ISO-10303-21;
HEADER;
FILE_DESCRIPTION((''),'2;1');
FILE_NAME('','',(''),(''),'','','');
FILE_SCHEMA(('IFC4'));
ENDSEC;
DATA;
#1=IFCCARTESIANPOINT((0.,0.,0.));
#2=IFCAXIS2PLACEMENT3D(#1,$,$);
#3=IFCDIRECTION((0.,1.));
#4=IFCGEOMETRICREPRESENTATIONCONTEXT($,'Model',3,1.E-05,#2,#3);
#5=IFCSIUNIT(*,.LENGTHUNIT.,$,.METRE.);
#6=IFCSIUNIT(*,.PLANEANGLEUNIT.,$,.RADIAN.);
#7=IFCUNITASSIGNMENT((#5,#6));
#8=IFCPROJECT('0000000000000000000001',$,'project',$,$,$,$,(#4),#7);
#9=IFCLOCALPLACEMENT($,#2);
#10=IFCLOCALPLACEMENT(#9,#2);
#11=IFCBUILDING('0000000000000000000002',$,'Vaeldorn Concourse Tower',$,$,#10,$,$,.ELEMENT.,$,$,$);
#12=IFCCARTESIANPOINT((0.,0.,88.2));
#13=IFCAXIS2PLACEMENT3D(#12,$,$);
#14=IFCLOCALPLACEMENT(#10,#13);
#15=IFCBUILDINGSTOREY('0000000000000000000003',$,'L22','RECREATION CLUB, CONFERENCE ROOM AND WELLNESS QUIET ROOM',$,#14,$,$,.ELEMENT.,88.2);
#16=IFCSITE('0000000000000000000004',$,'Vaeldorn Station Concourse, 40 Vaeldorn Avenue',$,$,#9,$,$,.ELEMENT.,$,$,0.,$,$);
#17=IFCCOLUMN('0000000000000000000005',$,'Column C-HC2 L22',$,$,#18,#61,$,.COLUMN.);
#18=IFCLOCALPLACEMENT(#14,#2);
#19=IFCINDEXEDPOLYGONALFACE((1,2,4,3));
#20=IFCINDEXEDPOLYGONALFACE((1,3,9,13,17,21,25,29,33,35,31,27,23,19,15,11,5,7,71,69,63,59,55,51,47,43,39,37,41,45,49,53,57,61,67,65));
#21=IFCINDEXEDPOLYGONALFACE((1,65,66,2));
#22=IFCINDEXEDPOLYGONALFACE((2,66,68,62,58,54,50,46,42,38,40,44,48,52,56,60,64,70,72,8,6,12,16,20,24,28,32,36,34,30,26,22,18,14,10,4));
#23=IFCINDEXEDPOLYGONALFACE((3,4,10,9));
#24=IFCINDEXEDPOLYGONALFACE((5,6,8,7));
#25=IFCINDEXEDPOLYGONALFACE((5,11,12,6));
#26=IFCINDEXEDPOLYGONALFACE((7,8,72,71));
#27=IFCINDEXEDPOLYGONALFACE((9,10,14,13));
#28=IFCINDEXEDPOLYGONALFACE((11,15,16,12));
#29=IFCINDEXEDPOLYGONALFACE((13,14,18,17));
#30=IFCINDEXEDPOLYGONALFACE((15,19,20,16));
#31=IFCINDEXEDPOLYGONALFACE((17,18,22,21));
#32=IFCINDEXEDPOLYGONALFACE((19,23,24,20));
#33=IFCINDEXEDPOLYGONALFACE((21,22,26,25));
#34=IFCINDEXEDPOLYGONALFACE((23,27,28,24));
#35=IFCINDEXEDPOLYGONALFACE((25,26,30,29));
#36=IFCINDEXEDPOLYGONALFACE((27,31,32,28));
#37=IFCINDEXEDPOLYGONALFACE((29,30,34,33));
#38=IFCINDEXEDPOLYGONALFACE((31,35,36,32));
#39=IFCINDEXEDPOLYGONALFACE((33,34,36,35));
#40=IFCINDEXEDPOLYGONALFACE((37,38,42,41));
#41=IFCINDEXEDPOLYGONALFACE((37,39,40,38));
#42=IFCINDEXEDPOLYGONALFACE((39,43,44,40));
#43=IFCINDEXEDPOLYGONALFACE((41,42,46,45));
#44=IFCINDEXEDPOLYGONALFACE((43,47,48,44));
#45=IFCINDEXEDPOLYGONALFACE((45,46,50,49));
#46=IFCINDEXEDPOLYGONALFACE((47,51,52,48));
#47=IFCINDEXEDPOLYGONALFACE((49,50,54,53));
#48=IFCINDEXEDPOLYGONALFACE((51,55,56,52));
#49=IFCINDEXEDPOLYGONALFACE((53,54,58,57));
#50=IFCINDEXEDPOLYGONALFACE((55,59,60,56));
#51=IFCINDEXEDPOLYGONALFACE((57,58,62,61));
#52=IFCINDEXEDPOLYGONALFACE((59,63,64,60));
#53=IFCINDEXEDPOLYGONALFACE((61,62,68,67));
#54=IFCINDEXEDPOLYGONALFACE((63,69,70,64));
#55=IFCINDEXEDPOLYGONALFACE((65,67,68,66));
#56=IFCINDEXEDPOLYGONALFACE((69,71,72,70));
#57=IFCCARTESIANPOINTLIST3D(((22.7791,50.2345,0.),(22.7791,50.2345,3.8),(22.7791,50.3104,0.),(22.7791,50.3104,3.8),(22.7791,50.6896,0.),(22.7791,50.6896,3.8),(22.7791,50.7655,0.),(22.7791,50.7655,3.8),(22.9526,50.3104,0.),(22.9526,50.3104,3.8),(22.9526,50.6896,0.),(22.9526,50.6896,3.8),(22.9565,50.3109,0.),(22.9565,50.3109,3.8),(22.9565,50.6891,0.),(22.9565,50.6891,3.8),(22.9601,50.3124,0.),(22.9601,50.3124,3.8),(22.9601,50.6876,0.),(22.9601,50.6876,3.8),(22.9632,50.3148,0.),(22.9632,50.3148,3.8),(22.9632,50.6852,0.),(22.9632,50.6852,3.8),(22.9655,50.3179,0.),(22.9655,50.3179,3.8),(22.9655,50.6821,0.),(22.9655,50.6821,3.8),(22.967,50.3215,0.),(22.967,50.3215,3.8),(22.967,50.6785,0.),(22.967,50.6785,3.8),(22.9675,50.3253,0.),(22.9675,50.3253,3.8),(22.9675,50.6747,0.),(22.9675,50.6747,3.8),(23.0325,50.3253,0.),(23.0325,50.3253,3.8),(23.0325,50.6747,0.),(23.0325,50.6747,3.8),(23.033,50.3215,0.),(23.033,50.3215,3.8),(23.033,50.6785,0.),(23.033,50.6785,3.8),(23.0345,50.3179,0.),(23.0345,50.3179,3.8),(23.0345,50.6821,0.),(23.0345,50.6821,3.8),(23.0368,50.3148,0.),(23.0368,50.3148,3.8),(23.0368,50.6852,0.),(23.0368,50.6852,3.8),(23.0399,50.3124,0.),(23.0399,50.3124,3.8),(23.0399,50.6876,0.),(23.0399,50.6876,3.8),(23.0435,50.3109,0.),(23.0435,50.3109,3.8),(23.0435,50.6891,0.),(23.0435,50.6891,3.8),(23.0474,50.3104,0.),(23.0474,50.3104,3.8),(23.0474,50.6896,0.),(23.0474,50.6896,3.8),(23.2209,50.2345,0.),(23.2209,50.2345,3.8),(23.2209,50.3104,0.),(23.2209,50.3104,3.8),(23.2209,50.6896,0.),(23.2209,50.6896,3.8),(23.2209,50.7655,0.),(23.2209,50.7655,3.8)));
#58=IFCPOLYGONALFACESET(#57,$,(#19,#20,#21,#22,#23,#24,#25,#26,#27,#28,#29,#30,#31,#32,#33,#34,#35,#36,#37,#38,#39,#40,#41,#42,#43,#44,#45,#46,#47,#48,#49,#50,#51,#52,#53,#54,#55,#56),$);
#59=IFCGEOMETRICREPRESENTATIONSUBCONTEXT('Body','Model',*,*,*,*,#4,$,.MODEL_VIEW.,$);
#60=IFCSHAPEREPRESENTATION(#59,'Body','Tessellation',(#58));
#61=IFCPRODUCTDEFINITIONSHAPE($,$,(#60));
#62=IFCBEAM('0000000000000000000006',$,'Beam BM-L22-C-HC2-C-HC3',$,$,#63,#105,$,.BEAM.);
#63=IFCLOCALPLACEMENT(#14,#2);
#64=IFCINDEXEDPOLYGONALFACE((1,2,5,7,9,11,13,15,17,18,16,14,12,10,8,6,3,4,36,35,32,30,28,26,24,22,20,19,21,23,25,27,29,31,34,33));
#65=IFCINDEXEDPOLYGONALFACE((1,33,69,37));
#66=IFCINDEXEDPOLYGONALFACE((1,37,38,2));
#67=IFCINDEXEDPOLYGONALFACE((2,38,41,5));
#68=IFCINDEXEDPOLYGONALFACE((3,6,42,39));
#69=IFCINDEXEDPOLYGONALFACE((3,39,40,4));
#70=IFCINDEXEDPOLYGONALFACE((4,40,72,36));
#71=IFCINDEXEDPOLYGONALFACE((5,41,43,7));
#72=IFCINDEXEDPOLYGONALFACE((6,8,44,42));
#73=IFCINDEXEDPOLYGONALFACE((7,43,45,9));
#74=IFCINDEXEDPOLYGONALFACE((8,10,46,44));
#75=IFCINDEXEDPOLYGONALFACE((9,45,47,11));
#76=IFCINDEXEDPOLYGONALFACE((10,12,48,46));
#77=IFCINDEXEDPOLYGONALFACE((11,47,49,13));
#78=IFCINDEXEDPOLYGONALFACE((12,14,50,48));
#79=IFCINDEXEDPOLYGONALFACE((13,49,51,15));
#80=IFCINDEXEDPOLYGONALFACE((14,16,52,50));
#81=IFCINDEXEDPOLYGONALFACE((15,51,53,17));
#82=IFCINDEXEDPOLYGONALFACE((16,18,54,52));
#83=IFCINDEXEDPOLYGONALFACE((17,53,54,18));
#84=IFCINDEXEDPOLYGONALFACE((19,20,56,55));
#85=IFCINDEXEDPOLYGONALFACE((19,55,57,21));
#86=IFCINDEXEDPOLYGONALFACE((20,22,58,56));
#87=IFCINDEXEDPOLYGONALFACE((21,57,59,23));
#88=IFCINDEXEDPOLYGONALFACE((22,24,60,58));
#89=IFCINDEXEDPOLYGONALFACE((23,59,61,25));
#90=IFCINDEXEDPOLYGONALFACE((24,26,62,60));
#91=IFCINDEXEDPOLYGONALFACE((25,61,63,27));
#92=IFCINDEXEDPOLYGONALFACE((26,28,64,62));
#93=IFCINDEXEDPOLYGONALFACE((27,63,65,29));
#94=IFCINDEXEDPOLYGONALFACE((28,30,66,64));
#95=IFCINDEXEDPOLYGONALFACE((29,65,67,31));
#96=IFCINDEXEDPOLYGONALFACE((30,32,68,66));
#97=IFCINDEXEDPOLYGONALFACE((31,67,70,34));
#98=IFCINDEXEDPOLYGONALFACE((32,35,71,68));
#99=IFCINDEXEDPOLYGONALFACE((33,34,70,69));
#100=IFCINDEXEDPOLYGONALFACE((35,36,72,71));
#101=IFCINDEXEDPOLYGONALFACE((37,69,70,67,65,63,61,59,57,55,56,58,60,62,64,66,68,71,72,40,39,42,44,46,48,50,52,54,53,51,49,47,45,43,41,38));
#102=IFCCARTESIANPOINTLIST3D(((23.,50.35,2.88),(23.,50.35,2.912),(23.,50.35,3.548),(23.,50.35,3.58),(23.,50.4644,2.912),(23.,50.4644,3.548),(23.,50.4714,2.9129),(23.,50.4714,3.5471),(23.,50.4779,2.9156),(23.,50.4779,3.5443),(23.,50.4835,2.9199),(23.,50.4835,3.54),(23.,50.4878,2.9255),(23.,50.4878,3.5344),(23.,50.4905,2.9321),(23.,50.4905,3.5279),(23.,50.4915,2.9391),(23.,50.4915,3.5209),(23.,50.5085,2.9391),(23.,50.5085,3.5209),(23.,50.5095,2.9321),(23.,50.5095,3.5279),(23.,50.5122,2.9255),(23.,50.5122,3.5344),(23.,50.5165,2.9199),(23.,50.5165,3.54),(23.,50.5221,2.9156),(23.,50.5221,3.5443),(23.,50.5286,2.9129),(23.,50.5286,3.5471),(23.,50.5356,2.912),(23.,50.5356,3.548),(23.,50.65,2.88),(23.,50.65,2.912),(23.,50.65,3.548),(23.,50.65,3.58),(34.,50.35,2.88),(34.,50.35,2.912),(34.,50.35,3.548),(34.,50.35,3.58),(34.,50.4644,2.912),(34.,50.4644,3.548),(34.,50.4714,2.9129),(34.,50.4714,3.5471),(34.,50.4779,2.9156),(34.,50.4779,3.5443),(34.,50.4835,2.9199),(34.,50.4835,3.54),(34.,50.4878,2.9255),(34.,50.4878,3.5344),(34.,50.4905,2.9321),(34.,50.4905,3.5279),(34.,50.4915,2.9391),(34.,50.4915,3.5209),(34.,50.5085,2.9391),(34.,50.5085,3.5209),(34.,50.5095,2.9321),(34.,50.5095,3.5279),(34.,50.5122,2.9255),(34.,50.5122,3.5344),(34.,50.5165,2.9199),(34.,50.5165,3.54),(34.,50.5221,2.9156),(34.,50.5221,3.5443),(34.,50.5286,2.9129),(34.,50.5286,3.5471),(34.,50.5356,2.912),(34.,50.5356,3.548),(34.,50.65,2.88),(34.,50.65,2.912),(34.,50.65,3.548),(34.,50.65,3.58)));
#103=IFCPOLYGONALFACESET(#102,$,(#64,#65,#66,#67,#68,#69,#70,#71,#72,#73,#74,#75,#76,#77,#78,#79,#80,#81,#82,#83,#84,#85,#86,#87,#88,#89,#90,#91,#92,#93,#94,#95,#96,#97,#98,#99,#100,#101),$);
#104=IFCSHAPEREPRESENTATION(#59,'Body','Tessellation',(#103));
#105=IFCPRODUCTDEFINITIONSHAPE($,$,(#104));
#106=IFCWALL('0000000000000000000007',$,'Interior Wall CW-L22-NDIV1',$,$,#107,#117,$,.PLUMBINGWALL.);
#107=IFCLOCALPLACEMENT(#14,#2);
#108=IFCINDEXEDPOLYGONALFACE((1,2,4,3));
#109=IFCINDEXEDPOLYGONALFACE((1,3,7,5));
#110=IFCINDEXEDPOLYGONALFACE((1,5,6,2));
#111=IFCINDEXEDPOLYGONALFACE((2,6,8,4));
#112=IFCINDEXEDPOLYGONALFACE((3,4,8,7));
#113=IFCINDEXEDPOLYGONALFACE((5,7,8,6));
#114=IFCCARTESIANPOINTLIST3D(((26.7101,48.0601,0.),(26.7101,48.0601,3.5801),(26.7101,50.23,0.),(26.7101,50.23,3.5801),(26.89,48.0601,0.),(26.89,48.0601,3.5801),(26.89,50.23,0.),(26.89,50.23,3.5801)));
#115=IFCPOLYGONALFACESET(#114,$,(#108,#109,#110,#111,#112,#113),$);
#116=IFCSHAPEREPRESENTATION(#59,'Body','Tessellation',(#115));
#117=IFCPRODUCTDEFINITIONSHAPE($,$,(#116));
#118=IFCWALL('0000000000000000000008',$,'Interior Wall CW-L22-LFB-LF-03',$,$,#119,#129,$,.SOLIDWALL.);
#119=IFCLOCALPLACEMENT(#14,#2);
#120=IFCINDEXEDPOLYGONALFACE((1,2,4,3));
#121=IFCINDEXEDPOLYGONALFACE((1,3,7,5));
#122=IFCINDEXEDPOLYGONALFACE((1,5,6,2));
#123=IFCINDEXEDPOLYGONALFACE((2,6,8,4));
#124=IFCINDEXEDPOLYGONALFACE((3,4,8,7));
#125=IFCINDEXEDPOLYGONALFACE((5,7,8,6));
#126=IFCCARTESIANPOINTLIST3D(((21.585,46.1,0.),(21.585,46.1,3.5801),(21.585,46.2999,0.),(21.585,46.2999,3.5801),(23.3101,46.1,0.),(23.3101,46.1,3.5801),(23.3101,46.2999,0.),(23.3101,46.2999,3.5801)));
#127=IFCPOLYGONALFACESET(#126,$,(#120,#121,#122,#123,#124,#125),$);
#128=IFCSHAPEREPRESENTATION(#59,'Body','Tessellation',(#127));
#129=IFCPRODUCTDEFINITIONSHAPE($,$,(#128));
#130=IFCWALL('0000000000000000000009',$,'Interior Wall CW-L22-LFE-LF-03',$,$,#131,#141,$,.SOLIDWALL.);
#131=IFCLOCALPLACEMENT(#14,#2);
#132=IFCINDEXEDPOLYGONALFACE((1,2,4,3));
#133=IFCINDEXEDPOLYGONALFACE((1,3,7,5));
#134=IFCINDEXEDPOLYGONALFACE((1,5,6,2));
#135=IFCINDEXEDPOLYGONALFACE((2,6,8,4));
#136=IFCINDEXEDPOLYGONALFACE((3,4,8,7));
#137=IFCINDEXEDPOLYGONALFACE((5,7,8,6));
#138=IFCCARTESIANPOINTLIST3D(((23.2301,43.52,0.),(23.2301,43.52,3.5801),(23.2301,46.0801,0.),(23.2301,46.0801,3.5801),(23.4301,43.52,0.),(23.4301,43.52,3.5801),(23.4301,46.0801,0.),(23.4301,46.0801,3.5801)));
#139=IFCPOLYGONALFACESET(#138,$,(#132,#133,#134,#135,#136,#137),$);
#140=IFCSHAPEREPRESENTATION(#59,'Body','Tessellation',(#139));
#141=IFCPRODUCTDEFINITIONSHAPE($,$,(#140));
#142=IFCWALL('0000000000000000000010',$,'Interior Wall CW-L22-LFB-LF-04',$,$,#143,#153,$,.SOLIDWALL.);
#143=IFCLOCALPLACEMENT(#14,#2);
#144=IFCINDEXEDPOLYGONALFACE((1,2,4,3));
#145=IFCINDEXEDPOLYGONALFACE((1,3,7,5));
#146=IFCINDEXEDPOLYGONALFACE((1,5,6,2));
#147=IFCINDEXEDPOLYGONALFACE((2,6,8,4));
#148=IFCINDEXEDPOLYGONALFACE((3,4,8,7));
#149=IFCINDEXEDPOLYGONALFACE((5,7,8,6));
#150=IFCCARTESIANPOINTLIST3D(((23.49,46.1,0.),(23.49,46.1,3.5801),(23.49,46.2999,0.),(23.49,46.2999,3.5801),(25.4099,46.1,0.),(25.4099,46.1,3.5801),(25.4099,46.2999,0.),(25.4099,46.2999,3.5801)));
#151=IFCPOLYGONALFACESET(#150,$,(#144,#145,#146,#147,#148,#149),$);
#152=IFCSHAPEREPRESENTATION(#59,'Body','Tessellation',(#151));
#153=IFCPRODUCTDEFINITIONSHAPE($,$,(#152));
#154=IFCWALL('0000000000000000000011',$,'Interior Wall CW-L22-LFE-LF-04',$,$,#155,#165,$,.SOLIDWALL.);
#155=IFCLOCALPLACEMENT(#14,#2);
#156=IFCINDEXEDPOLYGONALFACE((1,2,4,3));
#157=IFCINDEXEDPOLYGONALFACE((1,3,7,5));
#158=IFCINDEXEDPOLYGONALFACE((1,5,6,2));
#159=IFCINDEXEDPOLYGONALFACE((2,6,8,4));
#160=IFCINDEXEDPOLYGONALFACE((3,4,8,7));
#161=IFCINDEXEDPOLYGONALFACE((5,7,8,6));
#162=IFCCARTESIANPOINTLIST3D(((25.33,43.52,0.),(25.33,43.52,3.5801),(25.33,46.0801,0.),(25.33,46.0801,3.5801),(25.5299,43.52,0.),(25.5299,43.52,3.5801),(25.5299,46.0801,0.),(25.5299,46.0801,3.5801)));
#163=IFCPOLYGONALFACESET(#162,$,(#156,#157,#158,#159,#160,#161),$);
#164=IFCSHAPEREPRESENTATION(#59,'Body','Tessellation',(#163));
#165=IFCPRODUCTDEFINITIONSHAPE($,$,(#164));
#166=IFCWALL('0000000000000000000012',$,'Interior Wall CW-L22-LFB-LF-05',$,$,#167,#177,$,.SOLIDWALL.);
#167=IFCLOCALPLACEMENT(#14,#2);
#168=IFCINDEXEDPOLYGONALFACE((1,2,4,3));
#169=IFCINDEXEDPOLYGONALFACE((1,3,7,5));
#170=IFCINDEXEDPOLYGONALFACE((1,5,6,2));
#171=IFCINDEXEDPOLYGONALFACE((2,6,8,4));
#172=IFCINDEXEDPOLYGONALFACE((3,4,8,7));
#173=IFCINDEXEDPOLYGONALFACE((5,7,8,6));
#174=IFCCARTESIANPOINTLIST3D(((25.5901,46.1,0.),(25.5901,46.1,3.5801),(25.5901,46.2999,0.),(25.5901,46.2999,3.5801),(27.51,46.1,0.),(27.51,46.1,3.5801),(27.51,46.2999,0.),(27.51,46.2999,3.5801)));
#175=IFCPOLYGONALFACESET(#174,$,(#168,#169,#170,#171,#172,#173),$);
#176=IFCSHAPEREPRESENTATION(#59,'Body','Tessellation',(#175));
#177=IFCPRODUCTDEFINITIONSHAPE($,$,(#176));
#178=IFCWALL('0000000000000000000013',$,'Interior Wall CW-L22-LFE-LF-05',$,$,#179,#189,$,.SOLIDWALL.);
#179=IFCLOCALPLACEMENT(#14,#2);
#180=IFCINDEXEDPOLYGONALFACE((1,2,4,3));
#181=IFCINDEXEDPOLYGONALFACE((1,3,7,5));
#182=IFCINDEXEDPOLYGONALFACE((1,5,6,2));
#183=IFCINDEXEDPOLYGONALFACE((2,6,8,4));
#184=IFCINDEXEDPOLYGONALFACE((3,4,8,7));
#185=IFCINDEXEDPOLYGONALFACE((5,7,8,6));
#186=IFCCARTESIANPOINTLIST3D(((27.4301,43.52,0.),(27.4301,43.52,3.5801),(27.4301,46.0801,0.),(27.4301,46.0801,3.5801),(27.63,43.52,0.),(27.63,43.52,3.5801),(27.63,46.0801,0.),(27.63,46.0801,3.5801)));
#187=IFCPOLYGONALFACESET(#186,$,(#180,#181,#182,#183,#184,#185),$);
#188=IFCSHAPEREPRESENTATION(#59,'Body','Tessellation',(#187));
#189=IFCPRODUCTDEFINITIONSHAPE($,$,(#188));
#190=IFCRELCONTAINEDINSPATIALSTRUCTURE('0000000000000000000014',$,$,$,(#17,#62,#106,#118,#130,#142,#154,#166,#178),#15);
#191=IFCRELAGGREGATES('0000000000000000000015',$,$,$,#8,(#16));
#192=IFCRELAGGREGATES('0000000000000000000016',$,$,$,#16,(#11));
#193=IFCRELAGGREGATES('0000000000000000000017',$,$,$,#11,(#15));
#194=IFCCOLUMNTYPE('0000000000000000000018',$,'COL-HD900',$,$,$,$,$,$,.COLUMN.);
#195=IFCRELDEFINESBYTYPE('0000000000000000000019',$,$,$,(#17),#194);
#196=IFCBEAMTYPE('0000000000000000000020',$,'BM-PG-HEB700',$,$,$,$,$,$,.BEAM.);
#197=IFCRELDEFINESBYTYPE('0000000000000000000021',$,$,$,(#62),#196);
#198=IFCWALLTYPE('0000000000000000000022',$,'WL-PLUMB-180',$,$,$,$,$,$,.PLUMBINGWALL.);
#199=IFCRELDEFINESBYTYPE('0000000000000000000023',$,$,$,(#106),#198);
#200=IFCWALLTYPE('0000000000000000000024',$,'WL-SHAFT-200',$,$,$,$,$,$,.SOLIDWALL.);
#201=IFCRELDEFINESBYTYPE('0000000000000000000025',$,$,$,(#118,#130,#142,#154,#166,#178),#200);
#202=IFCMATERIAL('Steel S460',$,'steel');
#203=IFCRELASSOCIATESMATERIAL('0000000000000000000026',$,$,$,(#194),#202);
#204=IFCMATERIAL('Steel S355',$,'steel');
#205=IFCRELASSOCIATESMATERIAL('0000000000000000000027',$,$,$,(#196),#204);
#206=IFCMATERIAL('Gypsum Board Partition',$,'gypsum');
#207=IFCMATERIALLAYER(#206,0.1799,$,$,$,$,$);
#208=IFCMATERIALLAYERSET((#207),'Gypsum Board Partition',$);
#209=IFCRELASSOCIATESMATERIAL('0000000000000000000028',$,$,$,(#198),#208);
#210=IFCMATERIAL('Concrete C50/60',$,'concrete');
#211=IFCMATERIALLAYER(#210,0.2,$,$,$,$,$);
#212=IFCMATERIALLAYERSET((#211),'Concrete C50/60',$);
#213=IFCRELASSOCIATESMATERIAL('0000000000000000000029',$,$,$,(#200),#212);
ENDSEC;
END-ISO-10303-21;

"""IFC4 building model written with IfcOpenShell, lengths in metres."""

from ifc_helpers import new_model, si_unit, direction, frame, frame_2d, origin, origin_2d, place, context, subcontext, project, spatial, rectangle, i_section, extrude, source, transform, mapped, material, layer, layer_set, material_profile, profile_set, type_object, element, save


model = new_model("IFC4")

# Units and contexts
model_context = context("Model", 3, precision=1e-05, world=origin(), true_north=direction((0.0, 1.0)))
body_context = subcontext(model_context, "Body", "Model", "MODEL_VIEW")
ifc_project = project(units=[si_unit("LENGTHUNIT", "METRE"), si_unit("PLANEANGLEUNIT", "RADIAN")], contexts=[model_context])

# Site, building, storey
site_placement = place(None, origin())
site = spatial("IfcSite", under=ifc_project, at=site_placement, Name="Vaeldorn Station Concourse, 40 Vaeldorn Avenue", CompositionType="ELEMENT", RefElevation=0.0)
building_placement = place(site_placement, origin())
building = spatial("IfcBuilding", under=site, at=building_placement, Name="Vaeldorn Concourse Tower", CompositionType="ELEMENT")
storey_placement = place(building_placement, frame((0.0, 0.0, 88.2)))
storey = spatial("IfcBuildingStorey", under=building, at=storey_placement, Name="L22", Description="RECREATION CLUB, CONFERENCE ROOM AND WELLNESS QUIET ROOM", CompositionType="ELEMENT", Elevation=88.2)

# Column
ifc_material_1 = material(Name="Steel S460", Category="steel")
ifc_material_profile_1 = material_profile(ifc_material_1, i_section(OverallWidth=0.4419, OverallDepth=0.531, WebThickness=0.0649, FlangeThickness=0.0759, FilletRadius=0.0149, at=origin_2d()), Name="HD 400x900")
ifc_profile_set_1 = profile_set([ifc_material_profile_1], Name="Steel S460")
column_type = type_object("IfcColumnType", Name="COL-HD900", PredefinedType="COLUMN", material=ifc_profile_set_1)
shared_shape_1 = source(origin(), body_context, "Body", "SweptSolid", [
    extrude(i_section(OverallWidth=0.4419, OverallDepth=0.531, WebThickness=0.0649, FlangeThickness=0.0759, FilletRadius=0.0149, at=origin_2d()), origin(), (0.0, 0.0, 1.0), 3.8),
])
column_placement = place(storey_placement, frame((23.0, 50.5, 0.0), z_axis=(0.0, 0.0, 1.0), x_axis=(1.0, 0.0, 0.0)))
element("IfcColumn", 1, at=column_placement, inside=storey, type_object=column_type, Name="Column C-HC2 L22", PredefinedType="COLUMN", context=body_context, shape_type="MappedRepresentation", body=[
    mapped(shared_shape_1, transform((0.0, 0.0, 0.0), scale=1.0)),
])

# Beam
ifc_material_2 = material(Name="Steel S355", Category="steel")
ifc_material_profile_2 = material_profile(ifc_material_2, i_section(OverallWidth=0.3, OverallDepth=0.7, WebThickness=0.0171, FlangeThickness=0.032, FilletRadius=0.0271, at=origin_2d()), Name="HEB 700")
ifc_profile_set_2 = profile_set([ifc_material_profile_2], Name="Steel S355")
beam_type = type_object("IfcBeamType", Name="BM-PG-HEB700", PredefinedType="BEAM", material=ifc_profile_set_2)
shared_shape_2 = source(origin(), body_context, "Body", "SweptSolid", [
    extrude(i_section(OverallWidth=0.3, OverallDepth=0.7, WebThickness=0.0171, FlangeThickness=0.032, FilletRadius=0.0271, at=origin_2d()), origin(), (0.0, 0.0, 1.0), 11.0),
])
beam_placement = place(storey_placement, frame((23.0, 50.5, 3.23), z_axis=(1.0, 0.0, 0.0), x_axis=(0.0, 1.0, 0.0)))
element("IfcBeam", 2, at=beam_placement, inside=storey, type_object=beam_type, Name="Beam BM-L22-C-HC2-C-HC3", PredefinedType="BEAM", context=body_context, shape_type="MappedRepresentation", body=[
    mapped(shared_shape_2, transform((0.0, 0.0, 0.0), scale=1.0)),
])

# Walls
ifc_material_3 = material(Name="Gypsum Board Partition", Category="gypsum")
ifc_layer_1 = layer(ifc_material_3, 0.1799)
ifc_layer_set_1 = layer_set([ifc_layer_1], Name="Gypsum Board Partition")
wall_type_1 = type_object("IfcWallType", Name="WL-PLUMB-180", PredefinedType="PLUMBINGWALL", material=ifc_layer_set_1)
wall_1_placement = place(storey_placement, frame((26.8, 48.0601, 0.0), z_axis=(0.0, 0.0, 1.0), x_axis=(0.0, 1.0, 0.0)))
element("IfcWall", 3, at=wall_1_placement, inside=storey, type_object=wall_type_1, Name="Interior Wall CW-L22-NDIV1", PredefinedType="PLUMBINGWALL", context=body_context, shape_type="SweptSolid", body=[
    extrude(rectangle(XDim=2.1699, YDim=0.1799, at=frame_2d((1.085, 0.0))), origin(), (0.0, 0.0, 1.0), 3.5801),
])
ifc_material_4 = material(Name="Concrete C50/60", Category="concrete")
ifc_layer_2 = layer(ifc_material_4, 0.2)
ifc_layer_set_2 = layer_set([ifc_layer_2], Name="Concrete C50/60")
wall_type_2 = type_object("IfcWallType", Name="WL-SHAFT-200", PredefinedType="SOLIDWALL", material=ifc_layer_set_2)
wall_2_placement = place(storey_placement, frame((21.585, 46.2, 0.0), z_axis=(0.0, 0.0, 1.0), x_axis=(1.0, 0.0, 0.0)))
element("IfcWall", 4, at=wall_2_placement, inside=storey, type_object=wall_type_2, Name="Interior Wall CW-L22-LFB-LF-03", PredefinedType="SOLIDWALL", context=body_context, shape_type="SweptSolid", body=[
    extrude(rectangle(XDim=1.7251, YDim=0.2, at=frame_2d((0.8625, 0.0))), origin(), (0.0, 0.0, 1.0), 3.5801),
])
wall_3_placement = place(storey_placement, frame((23.3301, 43.52, 0.0), z_axis=(0.0, 0.0, 1.0), x_axis=(0.0, 1.0, 0.0)))
element("IfcWall", 5, at=wall_3_placement, inside=storey, type_object=wall_type_2, Name="Interior Wall CW-L22-LFE-LF-03", PredefinedType="SOLIDWALL", context=body_context, shape_type="SweptSolid", body=[
    extrude(rectangle(XDim=2.5601, YDim=0.2, at=frame_2d((1.28, 0.0))), origin(), (0.0, 0.0, 1.0), 3.5801),
])

# Walls
wall_4_placement = place(storey_placement, frame((23.49, 46.2, 0.0), z_axis=(0.0, 0.0, 1.0), x_axis=(1.0, 0.0, 0.0)))
element("IfcWall", 6, at=wall_4_placement, inside=storey, type_object=wall_type_2, Name="Interior Wall CW-L22-LFB-LF-04", PredefinedType="SOLIDWALL", context=body_context, shape_type="SweptSolid", body=[
    extrude(rectangle(XDim=1.9199, YDim=0.2, at=frame_2d((0.96, 0.0))), origin(), (0.0, 0.0, 1.0), 3.5801),
])
wall_5_placement = place(storey_placement, frame((25.4299, 43.52, 0.0), z_axis=(0.0, 0.0, 1.0), x_axis=(0.0, 1.0, 0.0)))
element("IfcWall", 7, at=wall_5_placement, inside=storey, type_object=wall_type_2, Name="Interior Wall CW-L22-LFE-LF-04", PredefinedType="SOLIDWALL", context=body_context, shape_type="SweptSolid", body=[
    extrude(rectangle(XDim=2.5601, YDim=0.2, at=frame_2d((1.28, 0.0))), origin(), (0.0, 0.0, 1.0), 3.5801),
])

# Walls
wall_6_placement = place(storey_placement, frame((25.5901, 46.2, 0.0), z_axis=(0.0, 0.0, 1.0), x_axis=(1.0, 0.0, 0.0)))
element("IfcWall", 8, at=wall_6_placement, inside=storey, type_object=wall_type_2, Name="Interior Wall CW-L22-LFB-LF-05", PredefinedType="SOLIDWALL", context=body_context, shape_type="SweptSolid", body=[
    extrude(rectangle(XDim=1.9199, YDim=0.2, at=frame_2d((0.96, 0.0))), origin(), (0.0, 0.0, 1.0), 3.5801),
])
wall_7_placement = place(storey_placement, frame((27.53, 43.52, 0.0), z_axis=(0.0, 0.0, 1.0), x_axis=(0.0, 1.0, 0.0)))
element("IfcWall", 9, at=wall_7_placement, inside=storey, type_object=wall_type_2, Name="Interior Wall CW-L22-LFE-LF-05", PredefinedType="SOLIDWALL", context=body_context, shape_type="SweptSolid", body=[
    extrude(rectangle(XDim=2.5601, YDim=0.2, at=frame_2d((1.28, 0.0))), origin(), (0.0, 0.0, 1.0), 3.5801),
])

save(model, "model.ifc")
